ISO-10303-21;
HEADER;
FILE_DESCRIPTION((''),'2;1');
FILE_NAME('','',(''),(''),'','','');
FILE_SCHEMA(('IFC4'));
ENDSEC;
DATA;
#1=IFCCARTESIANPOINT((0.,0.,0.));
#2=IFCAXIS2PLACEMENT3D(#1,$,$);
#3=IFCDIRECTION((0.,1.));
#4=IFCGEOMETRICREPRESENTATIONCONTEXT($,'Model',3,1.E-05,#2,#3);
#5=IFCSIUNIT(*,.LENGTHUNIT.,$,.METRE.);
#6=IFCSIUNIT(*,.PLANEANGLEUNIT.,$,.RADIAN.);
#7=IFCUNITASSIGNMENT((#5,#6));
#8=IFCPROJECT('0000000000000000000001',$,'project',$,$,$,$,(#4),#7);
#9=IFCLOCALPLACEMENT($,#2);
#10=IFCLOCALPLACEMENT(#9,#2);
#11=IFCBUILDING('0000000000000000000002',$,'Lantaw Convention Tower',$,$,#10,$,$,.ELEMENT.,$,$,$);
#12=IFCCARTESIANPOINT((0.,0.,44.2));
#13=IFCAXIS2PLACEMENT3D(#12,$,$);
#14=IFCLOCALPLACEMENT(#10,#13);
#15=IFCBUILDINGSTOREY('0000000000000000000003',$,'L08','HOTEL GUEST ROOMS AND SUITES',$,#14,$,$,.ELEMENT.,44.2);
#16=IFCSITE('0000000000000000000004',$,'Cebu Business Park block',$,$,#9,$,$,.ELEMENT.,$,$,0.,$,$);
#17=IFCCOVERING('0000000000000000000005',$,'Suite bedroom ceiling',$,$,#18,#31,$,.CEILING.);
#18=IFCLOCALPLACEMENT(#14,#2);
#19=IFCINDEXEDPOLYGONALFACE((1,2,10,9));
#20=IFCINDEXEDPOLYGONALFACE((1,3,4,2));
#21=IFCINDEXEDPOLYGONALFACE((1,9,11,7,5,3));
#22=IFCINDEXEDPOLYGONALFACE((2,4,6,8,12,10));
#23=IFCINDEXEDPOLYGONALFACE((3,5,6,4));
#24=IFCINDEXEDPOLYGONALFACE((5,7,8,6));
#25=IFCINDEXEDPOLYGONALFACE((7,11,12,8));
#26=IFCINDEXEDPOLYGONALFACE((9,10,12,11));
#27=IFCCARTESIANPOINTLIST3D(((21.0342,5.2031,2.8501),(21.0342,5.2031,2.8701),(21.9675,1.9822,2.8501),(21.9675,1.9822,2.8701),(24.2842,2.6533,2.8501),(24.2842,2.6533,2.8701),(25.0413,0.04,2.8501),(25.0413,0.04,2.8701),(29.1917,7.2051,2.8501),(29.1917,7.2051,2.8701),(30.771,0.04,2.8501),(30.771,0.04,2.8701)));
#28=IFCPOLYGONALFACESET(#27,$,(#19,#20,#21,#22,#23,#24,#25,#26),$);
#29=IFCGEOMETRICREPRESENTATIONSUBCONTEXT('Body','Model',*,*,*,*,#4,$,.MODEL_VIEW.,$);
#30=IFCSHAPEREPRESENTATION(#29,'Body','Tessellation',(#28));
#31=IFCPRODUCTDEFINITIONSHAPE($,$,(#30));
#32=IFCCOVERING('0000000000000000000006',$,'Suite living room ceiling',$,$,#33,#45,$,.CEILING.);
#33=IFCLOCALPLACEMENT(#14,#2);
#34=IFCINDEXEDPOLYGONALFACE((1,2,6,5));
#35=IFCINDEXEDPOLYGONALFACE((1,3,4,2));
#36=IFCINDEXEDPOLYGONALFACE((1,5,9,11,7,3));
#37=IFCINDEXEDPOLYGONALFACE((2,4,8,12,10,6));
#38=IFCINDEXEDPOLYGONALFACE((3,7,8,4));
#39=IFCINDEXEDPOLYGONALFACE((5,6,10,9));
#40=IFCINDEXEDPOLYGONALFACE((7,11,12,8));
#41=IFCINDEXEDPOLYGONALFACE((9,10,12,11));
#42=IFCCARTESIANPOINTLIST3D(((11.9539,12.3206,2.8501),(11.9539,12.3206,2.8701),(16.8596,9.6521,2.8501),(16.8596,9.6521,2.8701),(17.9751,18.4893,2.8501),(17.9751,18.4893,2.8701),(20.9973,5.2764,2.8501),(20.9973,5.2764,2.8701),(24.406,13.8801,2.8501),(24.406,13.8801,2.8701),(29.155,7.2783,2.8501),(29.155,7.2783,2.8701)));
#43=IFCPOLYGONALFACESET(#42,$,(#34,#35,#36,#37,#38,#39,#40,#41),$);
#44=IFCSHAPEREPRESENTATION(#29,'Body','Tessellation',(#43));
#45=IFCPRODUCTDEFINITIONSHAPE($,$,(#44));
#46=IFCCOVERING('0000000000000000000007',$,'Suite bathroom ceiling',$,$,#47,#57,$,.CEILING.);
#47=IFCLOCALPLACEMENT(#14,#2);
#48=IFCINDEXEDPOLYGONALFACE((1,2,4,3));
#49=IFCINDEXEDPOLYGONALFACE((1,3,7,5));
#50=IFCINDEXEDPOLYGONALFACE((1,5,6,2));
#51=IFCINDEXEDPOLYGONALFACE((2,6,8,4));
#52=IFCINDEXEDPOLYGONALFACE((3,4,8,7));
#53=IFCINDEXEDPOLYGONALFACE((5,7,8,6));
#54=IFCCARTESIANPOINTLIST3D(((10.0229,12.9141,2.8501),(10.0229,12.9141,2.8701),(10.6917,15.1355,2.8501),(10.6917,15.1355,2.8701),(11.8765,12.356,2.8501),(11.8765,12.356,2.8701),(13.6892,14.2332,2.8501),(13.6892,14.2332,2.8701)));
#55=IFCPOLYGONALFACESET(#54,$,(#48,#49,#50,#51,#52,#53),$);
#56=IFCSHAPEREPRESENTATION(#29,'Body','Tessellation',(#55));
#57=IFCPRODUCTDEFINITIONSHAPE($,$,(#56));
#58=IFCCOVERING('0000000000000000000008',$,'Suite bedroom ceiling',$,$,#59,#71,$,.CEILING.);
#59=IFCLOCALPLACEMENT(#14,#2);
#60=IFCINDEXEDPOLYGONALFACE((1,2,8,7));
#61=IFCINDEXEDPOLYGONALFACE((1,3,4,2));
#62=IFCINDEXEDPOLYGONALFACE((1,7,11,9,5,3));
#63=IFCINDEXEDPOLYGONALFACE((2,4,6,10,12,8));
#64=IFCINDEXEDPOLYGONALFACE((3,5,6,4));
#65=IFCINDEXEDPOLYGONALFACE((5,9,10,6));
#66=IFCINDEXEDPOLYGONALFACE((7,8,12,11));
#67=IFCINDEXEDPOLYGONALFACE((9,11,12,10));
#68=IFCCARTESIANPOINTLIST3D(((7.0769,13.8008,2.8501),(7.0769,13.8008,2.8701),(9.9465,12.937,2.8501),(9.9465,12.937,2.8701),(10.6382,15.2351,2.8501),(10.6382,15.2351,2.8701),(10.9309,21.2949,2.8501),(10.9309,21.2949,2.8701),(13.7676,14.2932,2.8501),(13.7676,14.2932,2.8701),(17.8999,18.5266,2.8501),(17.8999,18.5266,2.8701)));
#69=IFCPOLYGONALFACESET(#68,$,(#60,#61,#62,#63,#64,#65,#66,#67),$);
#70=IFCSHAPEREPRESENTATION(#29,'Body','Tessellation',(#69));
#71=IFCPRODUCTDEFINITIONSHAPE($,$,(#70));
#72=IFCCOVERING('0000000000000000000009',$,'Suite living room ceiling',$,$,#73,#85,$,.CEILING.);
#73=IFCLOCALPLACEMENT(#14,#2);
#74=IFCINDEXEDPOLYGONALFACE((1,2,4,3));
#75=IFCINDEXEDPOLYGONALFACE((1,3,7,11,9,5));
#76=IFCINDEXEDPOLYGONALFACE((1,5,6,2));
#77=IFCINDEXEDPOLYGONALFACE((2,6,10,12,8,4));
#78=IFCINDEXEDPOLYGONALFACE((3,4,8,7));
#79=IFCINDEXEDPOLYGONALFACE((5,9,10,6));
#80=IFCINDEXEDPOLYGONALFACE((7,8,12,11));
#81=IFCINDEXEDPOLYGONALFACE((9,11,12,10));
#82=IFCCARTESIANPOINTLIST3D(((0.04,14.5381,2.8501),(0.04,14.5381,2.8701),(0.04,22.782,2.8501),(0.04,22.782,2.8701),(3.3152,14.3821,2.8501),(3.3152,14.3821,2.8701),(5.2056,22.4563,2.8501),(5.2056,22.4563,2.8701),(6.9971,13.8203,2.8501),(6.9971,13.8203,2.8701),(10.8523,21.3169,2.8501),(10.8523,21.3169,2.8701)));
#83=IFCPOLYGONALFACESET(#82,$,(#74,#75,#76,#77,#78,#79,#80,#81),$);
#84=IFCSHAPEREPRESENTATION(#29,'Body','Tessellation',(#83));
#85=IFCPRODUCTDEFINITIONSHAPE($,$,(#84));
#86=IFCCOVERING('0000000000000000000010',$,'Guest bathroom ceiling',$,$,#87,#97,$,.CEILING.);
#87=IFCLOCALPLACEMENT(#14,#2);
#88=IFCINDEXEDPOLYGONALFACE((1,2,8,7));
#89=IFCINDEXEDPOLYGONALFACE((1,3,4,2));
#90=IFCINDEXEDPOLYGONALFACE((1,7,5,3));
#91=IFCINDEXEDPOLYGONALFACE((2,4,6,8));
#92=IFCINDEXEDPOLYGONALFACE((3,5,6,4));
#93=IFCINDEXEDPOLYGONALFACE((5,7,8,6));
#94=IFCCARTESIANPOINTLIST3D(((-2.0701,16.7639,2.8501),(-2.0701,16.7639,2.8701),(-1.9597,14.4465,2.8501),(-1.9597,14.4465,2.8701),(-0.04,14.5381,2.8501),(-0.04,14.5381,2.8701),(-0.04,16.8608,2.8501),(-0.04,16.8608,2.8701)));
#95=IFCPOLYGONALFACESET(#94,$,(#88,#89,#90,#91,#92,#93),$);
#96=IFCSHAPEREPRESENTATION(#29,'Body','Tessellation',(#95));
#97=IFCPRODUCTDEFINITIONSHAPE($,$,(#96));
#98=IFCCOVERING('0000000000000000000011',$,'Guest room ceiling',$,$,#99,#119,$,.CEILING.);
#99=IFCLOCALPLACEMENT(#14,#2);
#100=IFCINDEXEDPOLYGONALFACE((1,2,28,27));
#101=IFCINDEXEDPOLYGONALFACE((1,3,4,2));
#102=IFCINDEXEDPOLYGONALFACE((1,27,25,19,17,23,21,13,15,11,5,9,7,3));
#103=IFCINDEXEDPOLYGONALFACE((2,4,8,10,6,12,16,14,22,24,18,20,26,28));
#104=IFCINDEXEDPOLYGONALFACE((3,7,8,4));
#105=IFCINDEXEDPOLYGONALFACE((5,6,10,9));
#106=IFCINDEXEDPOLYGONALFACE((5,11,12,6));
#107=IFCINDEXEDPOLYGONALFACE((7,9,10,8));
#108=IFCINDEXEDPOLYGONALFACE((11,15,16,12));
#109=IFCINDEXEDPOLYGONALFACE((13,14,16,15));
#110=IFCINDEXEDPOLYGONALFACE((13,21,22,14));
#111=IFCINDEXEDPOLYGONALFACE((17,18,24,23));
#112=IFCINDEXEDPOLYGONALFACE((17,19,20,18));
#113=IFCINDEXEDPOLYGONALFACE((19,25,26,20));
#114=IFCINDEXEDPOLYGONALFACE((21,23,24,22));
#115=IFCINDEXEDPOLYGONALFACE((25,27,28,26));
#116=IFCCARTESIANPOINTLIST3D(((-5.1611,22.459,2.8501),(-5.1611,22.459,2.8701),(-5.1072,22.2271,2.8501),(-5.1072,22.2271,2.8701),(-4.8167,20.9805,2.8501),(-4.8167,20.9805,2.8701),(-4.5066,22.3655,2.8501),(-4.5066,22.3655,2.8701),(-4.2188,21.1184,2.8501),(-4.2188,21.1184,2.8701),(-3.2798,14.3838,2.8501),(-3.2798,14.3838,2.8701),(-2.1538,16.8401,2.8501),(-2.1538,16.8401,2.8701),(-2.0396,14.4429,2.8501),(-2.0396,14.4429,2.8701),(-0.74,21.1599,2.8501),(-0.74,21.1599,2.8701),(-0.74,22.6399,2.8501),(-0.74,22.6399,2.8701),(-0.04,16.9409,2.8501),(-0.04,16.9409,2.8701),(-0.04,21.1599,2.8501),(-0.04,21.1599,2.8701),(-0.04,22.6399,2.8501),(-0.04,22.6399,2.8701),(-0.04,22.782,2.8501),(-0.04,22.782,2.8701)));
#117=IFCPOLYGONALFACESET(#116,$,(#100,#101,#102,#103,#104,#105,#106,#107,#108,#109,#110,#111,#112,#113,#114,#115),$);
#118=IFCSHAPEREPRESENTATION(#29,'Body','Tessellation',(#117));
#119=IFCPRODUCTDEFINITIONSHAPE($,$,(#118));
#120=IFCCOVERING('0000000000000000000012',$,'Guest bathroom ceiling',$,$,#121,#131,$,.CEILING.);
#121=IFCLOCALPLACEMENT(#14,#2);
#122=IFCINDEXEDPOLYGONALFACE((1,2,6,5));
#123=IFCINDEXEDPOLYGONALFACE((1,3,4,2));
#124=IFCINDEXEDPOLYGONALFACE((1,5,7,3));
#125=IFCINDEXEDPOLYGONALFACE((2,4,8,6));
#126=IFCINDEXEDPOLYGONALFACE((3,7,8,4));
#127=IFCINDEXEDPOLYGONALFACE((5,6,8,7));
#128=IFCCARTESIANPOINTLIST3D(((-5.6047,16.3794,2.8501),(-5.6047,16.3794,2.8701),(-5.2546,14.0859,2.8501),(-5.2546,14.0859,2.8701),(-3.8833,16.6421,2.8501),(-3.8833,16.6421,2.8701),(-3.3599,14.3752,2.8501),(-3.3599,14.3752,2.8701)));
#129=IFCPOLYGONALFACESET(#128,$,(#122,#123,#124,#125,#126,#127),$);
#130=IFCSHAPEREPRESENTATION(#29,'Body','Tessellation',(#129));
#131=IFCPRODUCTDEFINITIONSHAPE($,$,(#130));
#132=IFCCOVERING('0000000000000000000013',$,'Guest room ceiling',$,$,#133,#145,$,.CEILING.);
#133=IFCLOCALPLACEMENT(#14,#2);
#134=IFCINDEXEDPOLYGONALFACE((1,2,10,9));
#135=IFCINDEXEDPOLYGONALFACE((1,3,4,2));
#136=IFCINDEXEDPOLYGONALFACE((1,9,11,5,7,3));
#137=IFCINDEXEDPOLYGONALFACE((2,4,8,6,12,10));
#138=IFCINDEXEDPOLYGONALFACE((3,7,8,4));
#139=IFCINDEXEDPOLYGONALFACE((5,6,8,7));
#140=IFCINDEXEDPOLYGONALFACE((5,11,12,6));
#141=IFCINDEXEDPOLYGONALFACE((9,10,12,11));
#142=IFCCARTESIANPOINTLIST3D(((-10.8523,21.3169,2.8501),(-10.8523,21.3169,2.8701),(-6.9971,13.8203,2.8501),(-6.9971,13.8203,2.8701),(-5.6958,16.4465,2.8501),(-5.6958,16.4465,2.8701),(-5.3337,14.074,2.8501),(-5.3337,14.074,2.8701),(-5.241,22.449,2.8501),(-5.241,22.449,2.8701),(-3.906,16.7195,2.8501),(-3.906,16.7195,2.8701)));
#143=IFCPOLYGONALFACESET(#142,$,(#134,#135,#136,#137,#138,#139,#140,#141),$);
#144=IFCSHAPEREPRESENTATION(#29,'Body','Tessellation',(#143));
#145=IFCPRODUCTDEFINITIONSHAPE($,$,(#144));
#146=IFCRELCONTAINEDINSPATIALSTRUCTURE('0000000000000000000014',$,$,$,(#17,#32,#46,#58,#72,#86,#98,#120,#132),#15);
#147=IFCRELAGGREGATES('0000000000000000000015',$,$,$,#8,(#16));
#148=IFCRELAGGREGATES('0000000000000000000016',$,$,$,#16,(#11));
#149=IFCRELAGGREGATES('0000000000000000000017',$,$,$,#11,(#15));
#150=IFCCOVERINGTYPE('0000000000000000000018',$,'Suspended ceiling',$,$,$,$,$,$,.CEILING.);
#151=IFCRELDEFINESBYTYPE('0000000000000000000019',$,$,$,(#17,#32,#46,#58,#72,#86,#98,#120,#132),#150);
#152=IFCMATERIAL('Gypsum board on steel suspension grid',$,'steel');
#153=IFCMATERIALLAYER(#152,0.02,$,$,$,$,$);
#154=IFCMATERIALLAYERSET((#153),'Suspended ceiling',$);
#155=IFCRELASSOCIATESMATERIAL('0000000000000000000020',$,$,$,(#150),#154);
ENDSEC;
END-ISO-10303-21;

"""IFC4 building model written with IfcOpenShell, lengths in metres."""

from ifc_helpers import new_model, si_unit, direction, frame, origin, place, context, subcontext, project, spatial, polyline, outline, extrude, material, layer, layer_set, type_object, element, save


model = new_model("IFC4")

# Units and contexts
model_context = context("Model", 3, precision=1e-05, world=origin(), true_north=direction((0.0, 1.0)))
body_context = subcontext(model_context, "Body", "Model", "MODEL_VIEW")
ifc_project = project(units=[si_unit("LENGTHUNIT", "METRE"), si_unit("PLANEANGLEUNIT", "RADIAN")], contexts=[model_context])

# Site, building, storey
site_placement = place(None, origin())
site = spatial("IfcSite", under=ifc_project, at=site_placement, Name="Cebu Business Park block", CompositionType="ELEMENT", RefElevation=0.0)
building_placement = place(site_placement, origin())
building = spatial("IfcBuilding", under=site, at=building_placement, Name="Lantaw Convention Tower", CompositionType="ELEMENT")
storey_placement = place(building_placement, frame((0.0, 0.0, 44.2)))
storey = spatial("IfcBuildingStorey", under=building, at=storey_placement, Name="L08", Description="HOTEL GUEST ROOMS AND SUITES", CompositionType="ELEMENT", Elevation=44.2)

# Coverings
ifc_material_1 = material(Name="Gypsum board on steel suspension grid", Category="steel")
ifc_layer_1 = layer(ifc_material_1, 0.02)
ifc_layer_set_1 = layer_set([ifc_layer_1], Name="Suspended ceiling")
covering_type = type_object("IfcCoveringType", Name="Suspended ceiling", PredefinedType="CEILING", material=ifc_layer_set_1)
covering_1_placement = place(storey_placement, frame((0.0, 0.0, 2.8501)))
element("IfcCovering", 1, at=covering_1_placement, inside=storey, type_object=covering_type, Name="Suite bedroom ceiling", PredefinedType="CEILING", context=body_context, shape_type="SweptSolid", body=[
    extrude(outline(polyline([(29.1917, 7.2051), (21.0342, 5.2031), (21.9675, 1.9822), (24.2842, 2.6533), (25.0413, 0.04), (30.771, 0.04), (29.1917, 7.2051)])), origin(), (0.0, 0.0, 1.0), 0.02),
])
covering_2_placement = place(storey_placement, frame((0.0, 0.0, 2.8501)))
element("IfcCovering", 2, at=covering_2_placement, inside=storey, type_object=covering_type, Name="Suite living room ceiling", PredefinedType="CEILING", context=body_context, shape_type="SweptSolid", body=[
    extrude(outline(polyline([(20.9973, 5.2764), (29.155, 7.2783), (24.406, 13.8801), (17.9751, 18.4893), (11.9539, 12.3206), (16.8596, 9.6521), (20.9973, 5.2764)])), origin(), (0.0, 0.0, 1.0), 0.02),
])
covering_3_placement = place(storey_placement, frame((0.0, 0.0, 2.8501)))
element("IfcCovering", 3, at=covering_3_placement, inside=storey, type_object=covering_type, Name="Suite bathroom ceiling", PredefinedType="CEILING", context=body_context, shape_type="SweptSolid", body=[
    extrude(outline(polyline([(11.8765, 12.356), (13.6892, 14.2332), (10.6917, 15.1355), (10.0229, 12.9141), (11.8765, 12.356)])), origin(), (0.0, 0.0, 1.0), 0.02),
])
covering_4_placement = place(storey_placement, frame((0.0, 0.0, 2.8501)))
element("IfcCovering", 4, at=covering_4_placement, inside=storey, type_object=covering_type, Name="Suite bedroom ceiling", PredefinedType="CEILING", context=body_context, shape_type="SweptSolid", body=[
    extrude(outline(polyline([(7.0769, 13.8008), (9.9465, 12.937), (10.6382, 15.2351), (13.7676, 14.2932), (17.8999, 18.5266), (10.9309, 21.2949), (7.0769, 13.8008)])), origin(), (0.0, 0.0, 1.0), 0.02),
])
covering_5_placement = place(storey_placement, frame((0.0, 0.0, 2.8501)))
element("IfcCovering", 5, at=covering_5_placement, inside=storey, type_object=covering_type, Name="Suite living room ceiling", PredefinedType="CEILING", context=body_context, shape_type="SweptSolid", body=[
    extrude(outline(polyline([(6.9971, 13.8203), (10.8523, 21.3169), (5.2056, 22.4563), (0.04, 22.782), (0.04, 14.5381), (3.3152, 14.3821), (6.9971, 13.8203)])), origin(), (0.0, 0.0, 1.0), 0.02),
])
covering_6_placement = place(storey_placement, frame((0.0, 0.0, 2.8501)))
element("IfcCovering", 6, at=covering_6_placement, inside=storey, type_object=covering_type, Name="Guest bathroom ceiling", PredefinedType="CEILING", context=body_context, shape_type="SweptSolid", body=[
    extrude(outline(polyline([(-0.04, 14.5381), (-0.04, 16.8608), (-2.0701, 16.7639), (-1.9597, 14.4465), (-0.04, 14.5381)])), origin(), (0.0, 0.0, 1.0), 0.02),
])
covering_7_placement = place(storey_placement, frame((0.0, 0.0, 2.8501)))
element("IfcCovering", 7, at=covering_7_placement, inside=storey, type_object=covering_type, Name="Guest room ceiling", PredefinedType="CEILING", context=body_context, shape_type="SweptSolid", body=[
    extrude(outline(polyline([(-4.8167, 20.9805), (-3.2798, 14.3838), (-2.0396, 14.4429), (-2.1538, 16.8401), (-0.04, 16.9409), (-0.04, 21.1599), (-0.74, 21.1599), (-0.74, 22.6399), (-0.04, 22.6399), (-0.04, 22.782), (-5.1611, 22.459), (-5.1072, 22.2271), (-4.5066, 22.3655), (-4.2188, 21.1184), (-4.8167, 20.9805)])), origin(), (0.0, 0.0, 1.0), 0.02),
])
covering_8_placement = place(storey_placement, frame((0.0, 0.0, 2.8501)))
element("IfcCovering", 8, at=covering_8_placement, inside=storey, type_object=covering_type, Name="Guest bathroom ceiling", PredefinedType="CEILING", context=body_context, shape_type="SweptSolid", body=[
    extrude(outline(polyline([(-3.3599, 14.3752), (-3.8833, 16.6421), (-5.6047, 16.3794), (-5.2546, 14.0859), (-3.3599, 14.3752)])), origin(), (0.0, 0.0, 1.0), 0.02),
])
covering_9_placement = place(storey_placement, frame((0.0, 0.0, 2.8501)))
element("IfcCovering", 9, at=covering_9_placement, inside=storey, type_object=covering_type, Name="Guest room ceiling", PredefinedType="CEILING", context=body_context, shape_type="SweptSolid", body=[
    extrude(outline(polyline([(-6.9971, 13.8203), (-5.3337, 14.074), (-5.6958, 16.4465), (-3.906, 16.7195), (-5.241, 22.449), (-10.8523, 21.3169), (-6.9971, 13.8203)])), origin(), (0.0, 0.0, 1.0), 0.02),
])

save(model, "model.ifc")
